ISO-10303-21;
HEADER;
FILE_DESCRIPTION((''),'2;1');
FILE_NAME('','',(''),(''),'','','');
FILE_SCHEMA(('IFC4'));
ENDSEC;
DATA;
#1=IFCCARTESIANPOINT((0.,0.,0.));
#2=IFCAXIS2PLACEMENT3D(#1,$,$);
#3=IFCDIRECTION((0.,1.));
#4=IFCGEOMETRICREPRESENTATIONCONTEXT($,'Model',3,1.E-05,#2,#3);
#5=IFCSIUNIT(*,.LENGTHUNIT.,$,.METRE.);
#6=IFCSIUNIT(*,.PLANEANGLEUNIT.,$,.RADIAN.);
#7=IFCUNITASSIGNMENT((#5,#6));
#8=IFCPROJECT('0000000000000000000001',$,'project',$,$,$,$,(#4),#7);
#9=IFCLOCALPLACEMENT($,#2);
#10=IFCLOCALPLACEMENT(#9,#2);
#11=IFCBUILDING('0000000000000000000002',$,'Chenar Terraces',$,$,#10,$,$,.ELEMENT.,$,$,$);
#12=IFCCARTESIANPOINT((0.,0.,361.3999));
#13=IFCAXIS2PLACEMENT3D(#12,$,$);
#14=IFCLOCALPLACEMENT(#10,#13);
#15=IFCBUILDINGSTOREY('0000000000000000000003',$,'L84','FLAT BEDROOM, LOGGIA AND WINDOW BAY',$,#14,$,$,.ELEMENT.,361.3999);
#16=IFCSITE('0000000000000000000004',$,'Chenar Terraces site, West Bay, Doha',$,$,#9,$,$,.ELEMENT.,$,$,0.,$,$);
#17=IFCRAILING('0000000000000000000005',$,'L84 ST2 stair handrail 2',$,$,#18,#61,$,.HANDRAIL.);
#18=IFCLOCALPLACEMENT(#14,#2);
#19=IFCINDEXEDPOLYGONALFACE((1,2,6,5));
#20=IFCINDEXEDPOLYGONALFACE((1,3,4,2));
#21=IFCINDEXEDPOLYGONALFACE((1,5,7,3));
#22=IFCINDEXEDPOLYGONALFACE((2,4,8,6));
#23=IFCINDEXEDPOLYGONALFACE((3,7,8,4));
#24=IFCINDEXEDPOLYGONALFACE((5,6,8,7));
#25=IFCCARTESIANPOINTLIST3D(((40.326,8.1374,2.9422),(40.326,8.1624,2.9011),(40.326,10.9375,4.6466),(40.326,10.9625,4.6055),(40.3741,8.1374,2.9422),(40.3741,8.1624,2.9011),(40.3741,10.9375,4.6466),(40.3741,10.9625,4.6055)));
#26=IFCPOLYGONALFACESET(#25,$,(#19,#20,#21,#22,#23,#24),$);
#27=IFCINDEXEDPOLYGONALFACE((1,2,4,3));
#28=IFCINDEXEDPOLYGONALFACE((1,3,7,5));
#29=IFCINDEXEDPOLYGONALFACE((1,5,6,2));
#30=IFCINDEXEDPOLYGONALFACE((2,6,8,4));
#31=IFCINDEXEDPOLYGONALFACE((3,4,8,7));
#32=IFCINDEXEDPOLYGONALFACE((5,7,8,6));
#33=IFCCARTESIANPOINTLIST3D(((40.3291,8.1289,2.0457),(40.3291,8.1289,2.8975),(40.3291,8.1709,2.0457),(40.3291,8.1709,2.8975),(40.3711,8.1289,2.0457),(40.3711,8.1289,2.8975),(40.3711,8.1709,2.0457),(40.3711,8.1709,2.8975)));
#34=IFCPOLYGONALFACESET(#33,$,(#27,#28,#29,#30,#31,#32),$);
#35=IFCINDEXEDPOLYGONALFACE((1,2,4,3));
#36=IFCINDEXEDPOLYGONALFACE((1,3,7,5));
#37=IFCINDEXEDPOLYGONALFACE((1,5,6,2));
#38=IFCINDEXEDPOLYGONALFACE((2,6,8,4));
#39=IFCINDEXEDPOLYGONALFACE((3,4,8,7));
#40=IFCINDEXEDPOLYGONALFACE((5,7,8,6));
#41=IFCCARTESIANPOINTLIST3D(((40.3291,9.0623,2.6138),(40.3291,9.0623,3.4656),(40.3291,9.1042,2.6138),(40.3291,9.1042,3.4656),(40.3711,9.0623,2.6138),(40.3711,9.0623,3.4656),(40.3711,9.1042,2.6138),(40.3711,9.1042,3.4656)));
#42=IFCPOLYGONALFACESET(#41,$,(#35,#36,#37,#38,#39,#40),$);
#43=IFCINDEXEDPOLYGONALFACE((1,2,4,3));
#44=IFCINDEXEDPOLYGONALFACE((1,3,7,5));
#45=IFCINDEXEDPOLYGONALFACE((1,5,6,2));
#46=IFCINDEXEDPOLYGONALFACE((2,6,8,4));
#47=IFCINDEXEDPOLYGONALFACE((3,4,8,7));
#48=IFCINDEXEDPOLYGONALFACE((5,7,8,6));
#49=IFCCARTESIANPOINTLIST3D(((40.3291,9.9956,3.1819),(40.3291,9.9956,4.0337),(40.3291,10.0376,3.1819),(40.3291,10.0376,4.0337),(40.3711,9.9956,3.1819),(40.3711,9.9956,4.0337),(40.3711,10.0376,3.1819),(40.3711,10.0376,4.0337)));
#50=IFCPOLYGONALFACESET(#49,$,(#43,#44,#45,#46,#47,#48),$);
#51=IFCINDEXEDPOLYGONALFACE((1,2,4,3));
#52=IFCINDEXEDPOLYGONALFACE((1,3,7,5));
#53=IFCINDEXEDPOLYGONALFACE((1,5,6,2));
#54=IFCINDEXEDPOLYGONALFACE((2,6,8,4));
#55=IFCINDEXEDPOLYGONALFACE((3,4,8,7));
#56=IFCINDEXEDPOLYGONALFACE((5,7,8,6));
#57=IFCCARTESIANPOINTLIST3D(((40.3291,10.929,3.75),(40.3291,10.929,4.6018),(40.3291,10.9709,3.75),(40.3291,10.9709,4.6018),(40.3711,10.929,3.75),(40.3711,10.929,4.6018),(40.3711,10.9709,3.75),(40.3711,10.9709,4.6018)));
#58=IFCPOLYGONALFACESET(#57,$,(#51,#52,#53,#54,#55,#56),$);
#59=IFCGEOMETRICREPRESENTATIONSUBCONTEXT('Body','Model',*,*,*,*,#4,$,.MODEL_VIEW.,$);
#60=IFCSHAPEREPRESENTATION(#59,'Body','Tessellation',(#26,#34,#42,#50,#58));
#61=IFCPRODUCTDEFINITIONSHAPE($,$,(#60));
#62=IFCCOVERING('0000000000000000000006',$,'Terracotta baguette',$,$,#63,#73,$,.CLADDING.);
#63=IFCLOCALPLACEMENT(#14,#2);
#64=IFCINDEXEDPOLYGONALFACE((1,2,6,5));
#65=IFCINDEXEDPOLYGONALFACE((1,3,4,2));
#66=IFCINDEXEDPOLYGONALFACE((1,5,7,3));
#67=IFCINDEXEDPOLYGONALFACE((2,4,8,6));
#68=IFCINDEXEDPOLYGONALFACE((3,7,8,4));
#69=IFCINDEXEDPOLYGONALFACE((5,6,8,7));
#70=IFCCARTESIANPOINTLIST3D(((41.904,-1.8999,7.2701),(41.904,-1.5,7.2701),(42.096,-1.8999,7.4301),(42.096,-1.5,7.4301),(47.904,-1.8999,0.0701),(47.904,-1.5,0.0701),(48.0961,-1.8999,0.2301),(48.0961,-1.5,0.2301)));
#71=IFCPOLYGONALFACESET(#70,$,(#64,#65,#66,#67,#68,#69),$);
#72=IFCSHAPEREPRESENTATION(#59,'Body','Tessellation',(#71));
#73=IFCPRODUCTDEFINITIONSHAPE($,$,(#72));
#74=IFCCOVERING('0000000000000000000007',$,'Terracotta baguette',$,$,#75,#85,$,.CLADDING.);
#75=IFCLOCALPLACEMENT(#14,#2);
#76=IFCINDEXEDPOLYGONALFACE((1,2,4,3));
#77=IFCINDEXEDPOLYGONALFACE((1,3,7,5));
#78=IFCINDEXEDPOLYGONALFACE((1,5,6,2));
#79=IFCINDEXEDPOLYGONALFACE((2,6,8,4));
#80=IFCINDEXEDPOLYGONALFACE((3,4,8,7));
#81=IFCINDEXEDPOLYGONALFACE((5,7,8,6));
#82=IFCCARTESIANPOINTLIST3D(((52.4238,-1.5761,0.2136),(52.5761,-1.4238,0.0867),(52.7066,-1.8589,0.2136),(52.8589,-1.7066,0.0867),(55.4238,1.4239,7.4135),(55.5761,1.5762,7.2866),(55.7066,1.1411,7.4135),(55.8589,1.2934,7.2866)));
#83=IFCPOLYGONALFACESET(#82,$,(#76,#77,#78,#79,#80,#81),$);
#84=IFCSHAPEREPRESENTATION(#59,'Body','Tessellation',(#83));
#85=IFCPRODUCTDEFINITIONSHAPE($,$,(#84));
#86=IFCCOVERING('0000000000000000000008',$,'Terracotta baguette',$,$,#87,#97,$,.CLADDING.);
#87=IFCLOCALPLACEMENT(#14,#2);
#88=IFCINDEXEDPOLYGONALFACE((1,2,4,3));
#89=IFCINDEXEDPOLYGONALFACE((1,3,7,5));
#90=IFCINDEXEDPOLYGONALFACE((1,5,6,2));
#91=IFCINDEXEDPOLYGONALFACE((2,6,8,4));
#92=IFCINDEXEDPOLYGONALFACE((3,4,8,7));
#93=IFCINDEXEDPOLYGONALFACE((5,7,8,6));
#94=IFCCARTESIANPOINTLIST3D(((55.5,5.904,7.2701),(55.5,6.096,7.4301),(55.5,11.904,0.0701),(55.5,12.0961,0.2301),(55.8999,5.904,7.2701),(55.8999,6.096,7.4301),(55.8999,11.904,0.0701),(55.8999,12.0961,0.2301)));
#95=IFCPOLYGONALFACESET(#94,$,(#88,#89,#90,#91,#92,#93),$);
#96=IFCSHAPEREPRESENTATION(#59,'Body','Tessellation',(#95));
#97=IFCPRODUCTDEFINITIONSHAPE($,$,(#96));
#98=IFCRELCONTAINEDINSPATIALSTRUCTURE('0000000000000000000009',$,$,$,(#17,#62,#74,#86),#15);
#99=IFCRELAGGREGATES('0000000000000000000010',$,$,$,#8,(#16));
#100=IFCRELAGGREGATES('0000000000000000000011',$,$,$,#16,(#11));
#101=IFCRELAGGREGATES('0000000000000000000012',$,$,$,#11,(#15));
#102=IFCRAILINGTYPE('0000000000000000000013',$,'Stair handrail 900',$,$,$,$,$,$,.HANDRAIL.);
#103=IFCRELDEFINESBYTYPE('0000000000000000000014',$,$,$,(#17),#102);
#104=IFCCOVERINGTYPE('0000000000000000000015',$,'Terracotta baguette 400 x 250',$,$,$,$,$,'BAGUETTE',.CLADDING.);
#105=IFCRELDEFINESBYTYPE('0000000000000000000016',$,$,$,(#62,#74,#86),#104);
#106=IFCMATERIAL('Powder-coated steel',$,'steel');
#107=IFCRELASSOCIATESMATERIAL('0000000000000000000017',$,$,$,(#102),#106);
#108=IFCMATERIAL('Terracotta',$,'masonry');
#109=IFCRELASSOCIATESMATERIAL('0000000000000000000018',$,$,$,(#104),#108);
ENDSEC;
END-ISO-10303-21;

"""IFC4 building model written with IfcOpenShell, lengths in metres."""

from ifc_helpers import new_model, si_unit, direction, frame, origin, origin_2d, place, context, subcontext, project, spatial, rectangle, extrude, material, material_profile, profile_set, type_object, element, save


model = new_model("IFC4")

# Units and contexts
model_context = context("Model", 3, precision=1e-05, world=origin(), true_north=direction((0.0, 1.0)))
body_context = subcontext(model_context, "Body", "Model", "MODEL_VIEW")
ifc_project = project(units=[si_unit("LENGTHUNIT", "METRE"), si_unit("PLANEANGLEUNIT", "RADIAN")], contexts=[model_context])

# Site, building, storey
site_placement = place(None, origin())
site = spatial("IfcSite", under=ifc_project, at=site_placement, Name="Chenar Terraces site, West Bay, Doha", CompositionType="ELEMENT", RefElevation=0.0)
building_placement = place(site_placement, origin())
building = spatial("IfcBuilding", under=site, at=building_placement, Name="Chenar Terraces", CompositionType="ELEMENT")
storey_placement = place(building_placement, frame((0.0, 0.0, 361.3999)))
storey = spatial("IfcBuildingStorey", under=building, at=storey_placement, Name="L84", Description="FLAT BEDROOM, LOGGIA AND WINDOW BAY", CompositionType="ELEMENT", Elevation=361.3999)

# Railing
ifc_material_1 = material(Name="Powder-coated steel", Category="steel")
railing_type = type_object("IfcRailingType", Name="Stair handrail 900", PredefinedType="HANDRAIL", material=ifc_material_1)
railing_placement = place(storey_placement, frame((40.3501, 8.1499, 2.0457)))
element("IfcRailing", 1, at=railing_placement, inside=storey, type_object=railing_type, Name="L84 ST2 stair handrail 2", PredefinedType="HANDRAIL", context=body_context, shape_type="SweptSolid", body=[
    extrude(rectangle(XDim=0.0481, YDim=0.0481, at=origin_2d()), frame((0.0, 0.0, 0.876), z_axis=(0.0, 0.854203, 0.51994), x_axis=(-1.0, 0.0, 0.0)), (0.0, 0.0, 1.0), 3.2781),
    extrude(rectangle(XDim=0.042, YDim=0.042, at=origin_2d()), origin(), (0.0, 0.0, 1.0), 0.8518),
    extrude(rectangle(XDim=0.042, YDim=0.042, at=origin_2d()), frame((0.0, 0.9333, 0.5681)), (0.0, 0.0, 1.0), 0.8518),
    extrude(rectangle(XDim=0.042, YDim=0.042, at=origin_2d()), frame((0.0, 1.8667, 1.1362)), (0.0, 0.0, 1.0), 0.8518),
    extrude(rectangle(XDim=0.042, YDim=0.042, at=origin_2d()), frame((0.0, 2.8, 1.7043)), (0.0, 0.0, 1.0), 0.8518),
])

# Coverings
ifc_material_2 = material(Name="Terracotta", Category="masonry")
ifc_material_profile_1 = material_profile(ifc_material_2, rectangle(XDim=0.3999, YDim=0.25, at=origin_2d()), Name="Terracotta baguette 400 x 250")
ifc_profile_set_1 = profile_set([ifc_material_profile_1], Name="Terracotta")
covering_type = type_object("IfcCoveringType", Name="Terracotta baguette 400 x 250", ElementType="BAGUETTE", PredefinedType="CLADDING", material=ifc_profile_set_1)
covering_1_placement = place(storey_placement, frame((42.0, -1.7, 7.3501), z_axis=(0.640187, 0.0, -0.768219), x_axis=(0.0, 1.0, 0.0)))
element("IfcCovering", 2, at=covering_1_placement, inside=storey, type_object=covering_type, Name="Terracotta baguette", PredefinedType="CLADDING", context=body_context, shape_type="SweptSolid", body=[
    extrude(rectangle(XDim=0.3999, YDim=0.25, at=origin_2d()), origin(), (0.0, 0.0, 1.0), 9.3723),
])
covering_2_placement = place(storey_placement, frame((52.6414, -1.6414, 0.1501), z_axis=(0.358981, 0.358981, 0.861548), x_axis=(-0.707107, 0.707107, 0.0)))
element("IfcCovering", 3, at=covering_2_placement, inside=storey, type_object=covering_type, Name="Terracotta baguette", PredefinedType="CLADDING", context=body_context, shape_type="SweptSolid", body=[
    extrude(rectangle(XDim=0.3999, YDim=0.25, at=origin_2d()), origin(), (0.0, 0.0, 1.0), 8.3569),
])
covering_3_placement = place(storey_placement, frame((55.7, 6.0, 7.3501), z_axis=(0.0, 0.640187, -0.768219), x_axis=(-1.0, 0.0, 0.0)))
element("IfcCovering", 4, at=covering_3_placement, inside=storey, type_object=covering_type, Name="Terracotta baguette", PredefinedType="CLADDING", context=body_context, shape_type="SweptSolid", body=[
    extrude(rectangle(XDim=0.3999, YDim=0.25, at=origin_2d()), origin(), (0.0, 0.0, 1.0), 9.3723),
])

save(model, "model.ifc")
